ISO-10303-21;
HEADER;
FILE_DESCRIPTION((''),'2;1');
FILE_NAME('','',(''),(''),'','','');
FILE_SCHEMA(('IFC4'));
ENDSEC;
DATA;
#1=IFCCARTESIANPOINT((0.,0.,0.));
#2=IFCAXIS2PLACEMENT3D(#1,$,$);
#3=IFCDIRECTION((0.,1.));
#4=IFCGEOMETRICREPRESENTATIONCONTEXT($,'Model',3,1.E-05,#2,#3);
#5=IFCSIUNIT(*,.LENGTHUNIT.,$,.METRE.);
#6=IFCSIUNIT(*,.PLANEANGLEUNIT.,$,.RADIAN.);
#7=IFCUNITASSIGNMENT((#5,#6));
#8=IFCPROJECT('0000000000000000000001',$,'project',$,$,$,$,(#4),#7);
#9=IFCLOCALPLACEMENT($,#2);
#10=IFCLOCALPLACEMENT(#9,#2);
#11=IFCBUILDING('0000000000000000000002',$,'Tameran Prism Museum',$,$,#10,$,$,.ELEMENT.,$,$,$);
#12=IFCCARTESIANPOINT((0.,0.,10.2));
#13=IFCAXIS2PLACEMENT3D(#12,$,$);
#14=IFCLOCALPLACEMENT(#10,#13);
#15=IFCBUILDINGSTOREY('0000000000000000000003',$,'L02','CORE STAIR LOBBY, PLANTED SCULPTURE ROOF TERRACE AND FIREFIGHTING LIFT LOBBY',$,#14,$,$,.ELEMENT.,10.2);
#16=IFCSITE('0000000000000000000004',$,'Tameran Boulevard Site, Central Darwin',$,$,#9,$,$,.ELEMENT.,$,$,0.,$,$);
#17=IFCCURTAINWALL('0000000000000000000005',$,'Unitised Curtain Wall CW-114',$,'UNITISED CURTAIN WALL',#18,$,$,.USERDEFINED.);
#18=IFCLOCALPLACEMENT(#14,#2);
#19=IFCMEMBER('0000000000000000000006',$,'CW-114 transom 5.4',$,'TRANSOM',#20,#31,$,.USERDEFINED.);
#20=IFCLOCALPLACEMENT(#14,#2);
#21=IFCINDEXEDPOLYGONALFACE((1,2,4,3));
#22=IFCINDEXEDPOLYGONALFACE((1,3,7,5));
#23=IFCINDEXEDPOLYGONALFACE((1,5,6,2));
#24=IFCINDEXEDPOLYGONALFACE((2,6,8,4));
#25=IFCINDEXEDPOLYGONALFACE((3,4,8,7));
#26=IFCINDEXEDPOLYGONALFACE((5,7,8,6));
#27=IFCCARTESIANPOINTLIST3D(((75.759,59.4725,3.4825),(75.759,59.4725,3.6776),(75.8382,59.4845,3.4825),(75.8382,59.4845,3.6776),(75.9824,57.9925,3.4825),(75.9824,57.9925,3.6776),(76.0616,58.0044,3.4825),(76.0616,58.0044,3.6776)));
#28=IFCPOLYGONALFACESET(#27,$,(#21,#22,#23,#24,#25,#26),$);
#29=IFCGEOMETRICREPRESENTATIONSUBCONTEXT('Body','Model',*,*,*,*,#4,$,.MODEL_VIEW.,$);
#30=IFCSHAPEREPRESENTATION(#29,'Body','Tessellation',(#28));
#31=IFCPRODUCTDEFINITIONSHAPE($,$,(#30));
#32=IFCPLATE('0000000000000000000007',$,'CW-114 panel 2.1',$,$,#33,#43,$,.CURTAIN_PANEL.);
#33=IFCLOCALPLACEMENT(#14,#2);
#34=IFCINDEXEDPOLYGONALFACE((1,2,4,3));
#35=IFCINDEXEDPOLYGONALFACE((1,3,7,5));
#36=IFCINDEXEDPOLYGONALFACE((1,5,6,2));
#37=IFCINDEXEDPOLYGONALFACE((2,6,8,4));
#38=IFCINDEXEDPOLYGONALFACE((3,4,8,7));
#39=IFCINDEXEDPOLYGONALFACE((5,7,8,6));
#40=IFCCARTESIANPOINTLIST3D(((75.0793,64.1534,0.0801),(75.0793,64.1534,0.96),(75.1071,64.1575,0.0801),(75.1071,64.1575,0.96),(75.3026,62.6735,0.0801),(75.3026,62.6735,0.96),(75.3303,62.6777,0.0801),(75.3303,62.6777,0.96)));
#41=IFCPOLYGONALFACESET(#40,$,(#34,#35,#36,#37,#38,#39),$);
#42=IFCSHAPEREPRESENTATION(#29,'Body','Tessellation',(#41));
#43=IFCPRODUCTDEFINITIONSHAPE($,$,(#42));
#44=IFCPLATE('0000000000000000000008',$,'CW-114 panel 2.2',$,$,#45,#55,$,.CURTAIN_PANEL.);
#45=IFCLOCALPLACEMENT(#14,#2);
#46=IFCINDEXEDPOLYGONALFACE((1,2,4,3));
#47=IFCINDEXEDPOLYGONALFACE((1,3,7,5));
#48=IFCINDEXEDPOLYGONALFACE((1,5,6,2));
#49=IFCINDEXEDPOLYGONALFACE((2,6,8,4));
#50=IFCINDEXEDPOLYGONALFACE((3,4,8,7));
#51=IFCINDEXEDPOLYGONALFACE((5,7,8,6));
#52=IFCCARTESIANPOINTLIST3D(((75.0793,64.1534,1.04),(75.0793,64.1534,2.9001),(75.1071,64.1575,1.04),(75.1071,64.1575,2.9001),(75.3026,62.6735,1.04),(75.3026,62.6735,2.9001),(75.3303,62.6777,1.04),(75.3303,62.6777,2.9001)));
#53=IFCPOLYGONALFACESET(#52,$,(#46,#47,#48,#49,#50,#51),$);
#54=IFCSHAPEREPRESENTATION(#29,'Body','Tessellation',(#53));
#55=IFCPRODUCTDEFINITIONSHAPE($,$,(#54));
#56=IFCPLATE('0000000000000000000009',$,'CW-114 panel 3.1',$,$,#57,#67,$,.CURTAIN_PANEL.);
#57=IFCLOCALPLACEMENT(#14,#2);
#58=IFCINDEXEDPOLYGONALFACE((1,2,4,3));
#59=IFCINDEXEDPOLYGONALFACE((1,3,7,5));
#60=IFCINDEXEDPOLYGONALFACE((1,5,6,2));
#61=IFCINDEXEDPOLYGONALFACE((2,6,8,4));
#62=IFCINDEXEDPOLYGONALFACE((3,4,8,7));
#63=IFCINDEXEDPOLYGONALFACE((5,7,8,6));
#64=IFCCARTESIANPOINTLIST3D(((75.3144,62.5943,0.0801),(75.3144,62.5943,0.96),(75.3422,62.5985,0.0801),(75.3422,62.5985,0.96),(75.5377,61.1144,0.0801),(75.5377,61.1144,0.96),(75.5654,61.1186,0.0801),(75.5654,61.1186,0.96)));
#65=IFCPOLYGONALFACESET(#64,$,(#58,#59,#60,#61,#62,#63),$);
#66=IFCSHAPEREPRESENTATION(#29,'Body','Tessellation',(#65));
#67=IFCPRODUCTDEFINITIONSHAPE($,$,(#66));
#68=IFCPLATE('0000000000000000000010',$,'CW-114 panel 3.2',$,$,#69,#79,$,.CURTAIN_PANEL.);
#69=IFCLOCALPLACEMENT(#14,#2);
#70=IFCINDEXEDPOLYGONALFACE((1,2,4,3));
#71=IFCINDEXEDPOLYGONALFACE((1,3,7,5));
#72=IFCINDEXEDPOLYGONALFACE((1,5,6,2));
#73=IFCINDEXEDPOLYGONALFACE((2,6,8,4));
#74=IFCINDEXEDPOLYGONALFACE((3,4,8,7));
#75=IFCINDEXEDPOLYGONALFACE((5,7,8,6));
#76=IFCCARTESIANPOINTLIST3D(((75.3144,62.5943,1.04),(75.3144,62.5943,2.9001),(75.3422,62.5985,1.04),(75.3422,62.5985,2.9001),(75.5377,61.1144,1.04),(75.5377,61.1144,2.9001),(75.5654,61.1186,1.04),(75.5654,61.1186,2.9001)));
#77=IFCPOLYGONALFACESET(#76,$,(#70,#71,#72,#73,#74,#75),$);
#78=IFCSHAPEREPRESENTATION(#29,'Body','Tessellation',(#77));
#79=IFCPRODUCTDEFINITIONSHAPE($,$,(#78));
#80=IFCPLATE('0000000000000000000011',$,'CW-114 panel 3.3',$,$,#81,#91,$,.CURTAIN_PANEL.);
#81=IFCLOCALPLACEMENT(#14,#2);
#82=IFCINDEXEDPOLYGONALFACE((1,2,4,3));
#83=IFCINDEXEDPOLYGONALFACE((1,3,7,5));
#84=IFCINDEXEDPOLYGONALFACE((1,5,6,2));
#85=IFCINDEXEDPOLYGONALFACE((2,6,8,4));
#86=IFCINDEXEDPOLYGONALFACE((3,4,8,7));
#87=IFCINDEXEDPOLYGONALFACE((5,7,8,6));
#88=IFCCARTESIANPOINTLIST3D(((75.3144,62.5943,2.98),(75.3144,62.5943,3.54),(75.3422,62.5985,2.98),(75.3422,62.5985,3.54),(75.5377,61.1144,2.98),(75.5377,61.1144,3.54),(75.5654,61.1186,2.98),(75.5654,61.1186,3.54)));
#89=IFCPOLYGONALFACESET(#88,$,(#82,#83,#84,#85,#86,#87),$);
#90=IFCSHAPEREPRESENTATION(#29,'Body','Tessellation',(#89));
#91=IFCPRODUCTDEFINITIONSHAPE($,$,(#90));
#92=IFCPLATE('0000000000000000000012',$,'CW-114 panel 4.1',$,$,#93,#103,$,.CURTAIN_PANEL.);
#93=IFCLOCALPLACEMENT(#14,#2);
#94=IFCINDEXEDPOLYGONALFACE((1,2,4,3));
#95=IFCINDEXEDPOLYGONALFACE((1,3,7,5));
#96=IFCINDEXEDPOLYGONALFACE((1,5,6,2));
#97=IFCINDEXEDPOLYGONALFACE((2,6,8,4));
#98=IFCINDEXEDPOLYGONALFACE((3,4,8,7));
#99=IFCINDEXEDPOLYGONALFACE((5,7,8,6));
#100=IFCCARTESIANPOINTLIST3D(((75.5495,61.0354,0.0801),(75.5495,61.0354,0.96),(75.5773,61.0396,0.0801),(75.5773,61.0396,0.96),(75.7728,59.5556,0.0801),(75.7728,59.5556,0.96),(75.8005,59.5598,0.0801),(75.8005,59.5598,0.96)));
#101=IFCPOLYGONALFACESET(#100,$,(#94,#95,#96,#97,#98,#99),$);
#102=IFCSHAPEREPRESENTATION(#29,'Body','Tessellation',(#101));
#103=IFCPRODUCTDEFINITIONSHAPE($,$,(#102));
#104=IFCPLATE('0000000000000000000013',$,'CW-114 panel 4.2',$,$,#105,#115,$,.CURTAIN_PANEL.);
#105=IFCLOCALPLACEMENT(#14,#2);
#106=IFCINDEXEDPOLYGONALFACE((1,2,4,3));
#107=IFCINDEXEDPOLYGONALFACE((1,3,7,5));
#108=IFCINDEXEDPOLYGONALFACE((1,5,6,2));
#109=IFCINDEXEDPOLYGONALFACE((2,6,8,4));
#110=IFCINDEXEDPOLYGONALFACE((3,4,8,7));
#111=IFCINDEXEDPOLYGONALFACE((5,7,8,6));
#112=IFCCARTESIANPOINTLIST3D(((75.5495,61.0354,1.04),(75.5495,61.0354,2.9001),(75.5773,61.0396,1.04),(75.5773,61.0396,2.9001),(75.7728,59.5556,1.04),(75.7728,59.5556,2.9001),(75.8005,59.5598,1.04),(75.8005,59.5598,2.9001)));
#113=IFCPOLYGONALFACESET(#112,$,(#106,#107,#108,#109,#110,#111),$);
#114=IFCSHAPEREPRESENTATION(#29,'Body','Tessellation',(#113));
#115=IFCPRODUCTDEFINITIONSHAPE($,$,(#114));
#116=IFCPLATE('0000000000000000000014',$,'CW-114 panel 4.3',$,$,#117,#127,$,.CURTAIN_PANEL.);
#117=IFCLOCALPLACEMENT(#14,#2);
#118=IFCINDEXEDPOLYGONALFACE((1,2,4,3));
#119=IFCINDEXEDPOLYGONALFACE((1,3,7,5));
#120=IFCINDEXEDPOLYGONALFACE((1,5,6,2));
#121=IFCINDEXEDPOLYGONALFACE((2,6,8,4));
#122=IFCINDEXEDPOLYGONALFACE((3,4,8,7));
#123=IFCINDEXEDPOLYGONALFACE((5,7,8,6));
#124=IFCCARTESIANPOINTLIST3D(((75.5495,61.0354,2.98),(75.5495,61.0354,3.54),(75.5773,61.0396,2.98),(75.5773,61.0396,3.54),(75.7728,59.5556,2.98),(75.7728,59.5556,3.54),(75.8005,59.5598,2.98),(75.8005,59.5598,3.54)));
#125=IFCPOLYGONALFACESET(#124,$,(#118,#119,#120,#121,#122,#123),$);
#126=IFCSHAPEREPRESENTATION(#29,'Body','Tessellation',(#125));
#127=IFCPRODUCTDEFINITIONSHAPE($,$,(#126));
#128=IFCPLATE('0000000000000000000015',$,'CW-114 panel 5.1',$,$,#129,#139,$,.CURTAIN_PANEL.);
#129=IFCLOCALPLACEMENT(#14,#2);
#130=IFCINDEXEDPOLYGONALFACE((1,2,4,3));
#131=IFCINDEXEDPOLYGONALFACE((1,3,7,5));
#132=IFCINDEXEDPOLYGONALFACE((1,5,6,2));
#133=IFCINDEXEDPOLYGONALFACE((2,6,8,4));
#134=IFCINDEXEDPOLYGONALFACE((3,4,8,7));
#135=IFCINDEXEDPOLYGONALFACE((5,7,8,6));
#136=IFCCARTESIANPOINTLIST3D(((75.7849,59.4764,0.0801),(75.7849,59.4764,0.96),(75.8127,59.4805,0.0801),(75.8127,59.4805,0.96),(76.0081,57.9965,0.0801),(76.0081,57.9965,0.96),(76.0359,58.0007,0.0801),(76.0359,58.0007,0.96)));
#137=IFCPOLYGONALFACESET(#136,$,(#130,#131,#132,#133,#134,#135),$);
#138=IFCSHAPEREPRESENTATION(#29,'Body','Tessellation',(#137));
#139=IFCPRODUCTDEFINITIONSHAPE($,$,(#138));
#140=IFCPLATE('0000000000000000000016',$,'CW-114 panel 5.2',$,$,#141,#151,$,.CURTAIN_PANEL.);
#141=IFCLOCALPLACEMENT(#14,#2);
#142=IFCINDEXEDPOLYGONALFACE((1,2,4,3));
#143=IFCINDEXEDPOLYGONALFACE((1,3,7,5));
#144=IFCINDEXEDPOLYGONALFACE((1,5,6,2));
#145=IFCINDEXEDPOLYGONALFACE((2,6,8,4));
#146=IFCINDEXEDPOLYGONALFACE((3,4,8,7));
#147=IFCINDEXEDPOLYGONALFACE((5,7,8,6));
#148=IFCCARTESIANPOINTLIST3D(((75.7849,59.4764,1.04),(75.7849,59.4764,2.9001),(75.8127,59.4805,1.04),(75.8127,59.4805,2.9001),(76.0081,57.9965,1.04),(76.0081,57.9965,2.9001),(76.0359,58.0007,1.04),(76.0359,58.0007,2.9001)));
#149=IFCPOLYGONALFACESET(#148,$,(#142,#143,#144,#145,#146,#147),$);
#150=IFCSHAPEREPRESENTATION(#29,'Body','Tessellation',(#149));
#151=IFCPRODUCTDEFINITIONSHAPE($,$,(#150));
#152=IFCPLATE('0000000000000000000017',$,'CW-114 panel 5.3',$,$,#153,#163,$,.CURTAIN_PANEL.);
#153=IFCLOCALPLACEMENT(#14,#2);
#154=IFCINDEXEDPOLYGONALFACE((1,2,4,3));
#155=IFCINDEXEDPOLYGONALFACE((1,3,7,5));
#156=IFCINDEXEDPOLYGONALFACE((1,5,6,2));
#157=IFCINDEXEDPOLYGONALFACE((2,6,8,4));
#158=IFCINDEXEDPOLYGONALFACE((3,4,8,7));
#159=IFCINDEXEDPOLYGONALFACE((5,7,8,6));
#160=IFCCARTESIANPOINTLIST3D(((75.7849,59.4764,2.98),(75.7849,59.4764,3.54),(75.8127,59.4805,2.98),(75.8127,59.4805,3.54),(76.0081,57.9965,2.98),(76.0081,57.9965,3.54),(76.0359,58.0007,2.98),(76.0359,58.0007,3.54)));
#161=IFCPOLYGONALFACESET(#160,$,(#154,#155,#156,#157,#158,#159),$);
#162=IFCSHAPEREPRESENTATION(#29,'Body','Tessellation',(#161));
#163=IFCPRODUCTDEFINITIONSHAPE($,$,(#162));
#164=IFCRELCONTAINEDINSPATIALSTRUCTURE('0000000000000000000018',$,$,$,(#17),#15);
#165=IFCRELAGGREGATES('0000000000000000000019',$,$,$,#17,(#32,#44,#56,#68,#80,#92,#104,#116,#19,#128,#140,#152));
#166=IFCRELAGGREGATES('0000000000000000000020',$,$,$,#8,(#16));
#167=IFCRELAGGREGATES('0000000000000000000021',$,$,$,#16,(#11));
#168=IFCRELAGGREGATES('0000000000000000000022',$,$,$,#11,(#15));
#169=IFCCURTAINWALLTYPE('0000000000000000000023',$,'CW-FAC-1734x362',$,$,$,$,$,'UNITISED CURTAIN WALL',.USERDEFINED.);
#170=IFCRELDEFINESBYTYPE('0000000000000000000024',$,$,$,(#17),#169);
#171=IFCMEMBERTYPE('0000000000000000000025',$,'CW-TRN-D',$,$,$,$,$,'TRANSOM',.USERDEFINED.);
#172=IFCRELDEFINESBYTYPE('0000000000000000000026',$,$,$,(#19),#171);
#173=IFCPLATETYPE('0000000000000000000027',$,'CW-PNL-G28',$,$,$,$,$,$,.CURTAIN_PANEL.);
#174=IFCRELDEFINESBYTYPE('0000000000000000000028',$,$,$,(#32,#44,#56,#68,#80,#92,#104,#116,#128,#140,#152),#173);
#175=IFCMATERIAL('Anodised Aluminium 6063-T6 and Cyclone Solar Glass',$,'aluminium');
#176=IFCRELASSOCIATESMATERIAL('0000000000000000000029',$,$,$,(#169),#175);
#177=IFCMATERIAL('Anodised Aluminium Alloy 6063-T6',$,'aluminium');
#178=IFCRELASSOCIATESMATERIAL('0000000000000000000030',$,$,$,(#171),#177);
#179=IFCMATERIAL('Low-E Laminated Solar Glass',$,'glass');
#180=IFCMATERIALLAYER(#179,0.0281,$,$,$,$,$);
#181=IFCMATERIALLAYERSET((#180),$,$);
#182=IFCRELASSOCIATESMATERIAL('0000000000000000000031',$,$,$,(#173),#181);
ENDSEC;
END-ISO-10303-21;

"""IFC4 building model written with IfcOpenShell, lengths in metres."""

from ifc_helpers import new_model, si_unit, direction, frame, origin, origin_2d, place, context, subcontext, project, spatial, rectangle, extrude, material, layer, layer_set, material_profile, profile_set, type_object, element, aggregate, save


model = new_model("IFC4")

# Units and contexts
model_context = context("Model", 3, precision=1e-05, world=origin(), true_north=direction((0.0, 1.0)))
body_context = subcontext(model_context, "Body", "Model", "MODEL_VIEW")
ifc_project = project(units=[si_unit("LENGTHUNIT", "METRE"), si_unit("PLANEANGLEUNIT", "RADIAN")], contexts=[model_context])

# Site, building, storey
site_placement = place(None, origin())
site = spatial("IfcSite", under=ifc_project, at=site_placement, Name="Tameran Boulevard Site, Central Darwin", CompositionType="ELEMENT", RefElevation=0.0)
building_placement = place(site_placement, origin())
building = spatial("IfcBuilding", under=site, at=building_placement, Name="Tameran Prism Museum", CompositionType="ELEMENT")
storey_placement = place(building_placement, frame((0.0, 0.0, 10.2)))
storey = spatial("IfcBuildingStorey", under=building, at=storey_placement, Name="L02", Description="CORE STAIR LOBBY, PLANTED SCULPTURE ROOF TERRACE AND FIREFIGHTING LIFT LOBBY", CompositionType="ELEMENT", Elevation=10.2)

# Curtain wall, member, plates
ifc_material_1 = material(Name="Anodised Aluminium 6063-T6 and Cyclone Solar Glass", Category="aluminium")
curtain_wall_type = type_object("IfcCurtainWallType", Name="CW-FAC-1734x362", ElementType="UNITISED CURTAIN WALL", PredefinedType="USERDEFINED", material=ifc_material_1)
curtain_wall_placement = place(storey_placement, origin())
curtain_wall = element("IfcCurtainWall", 1, at=curtain_wall_placement, inside=storey, type_object=curtain_wall_type, Name="Unitised Curtain Wall CW-114", ObjectType="UNITISED CURTAIN WALL", PredefinedType="USERDEFINED")
ifc_material_2 = material(Name="Anodised Aluminium Alloy 6063-T6", Category="aluminium")
ifc_material_profile_1 = material_profile(ifc_material_2, rectangle(XDim=0.0801, YDim=0.1951, at=origin_2d()))
ifc_profile_set_1 = profile_set([ifc_material_profile_1])
member_type_1 = type_object("IfcMemberType", Name="CW-TRN-D", ElementType="TRANSOM", PredefinedType="USERDEFINED", material=ifc_profile_set_1)
member_1_placement = place(storey_placement, frame((75.7986, 59.4785, 3.5801), z_axis=(0.14925, -0.9888, 0.0), x_axis=(0.9888, 0.14925, 0.0)))
member_1 = element("IfcMember", 2, at=member_1_placement, type_object=member_type_1, Name="CW-114 transom 5.4", ObjectType="TRANSOM", PredefinedType="USERDEFINED", context=body_context, shape_type="SweptSolid", body=[
    extrude(rectangle(XDim=0.0801, YDim=0.1951, at=origin_2d()), origin(), (0.0, 0.0, 1.0), 1.4968),
])
ifc_material_3 = material(Name="Low-E Laminated Solar Glass", Category="glass")
ifc_layer = layer(ifc_material_3, 0.0281)
ifc_layer_set = layer_set([ifc_layer])
plate_type = type_object("IfcPlateType", Name="CW-PNL-G28", PredefinedType="CURTAIN_PANEL", material=ifc_layer_set)
plate_1_placement = place(storey_placement, frame((75.2048, 63.4155, 0.0801), z_axis=(0.0, 0.0, 1.0), x_axis=(0.149167, -0.988812, 0.0)))
plate_1 = element("IfcPlate", 3, at=plate_1_placement, type_object=plate_type, Name="CW-114 panel 2.1", PredefinedType="CURTAIN_PANEL", context=body_context, shape_type="SweptSolid", body=[
    extrude(rectangle(XDim=1.4966, YDim=0.0281, at=origin_2d()), origin(), (0.0, 0.0, 1.0), 0.8799),
])
plate_2_placement = place(storey_placement, frame((75.2048, 63.4155, 1.04), z_axis=(0.0, 0.0, 1.0), x_axis=(0.149167, -0.988812, 0.0)))
plate_2 = element("IfcPlate", 4, at=plate_2_placement, type_object=plate_type, Name="CW-114 panel 2.2", PredefinedType="CURTAIN_PANEL", context=body_context, shape_type="SweptSolid", body=[
    extrude(rectangle(XDim=1.4966, YDim=0.0281, at=origin_2d()), origin(), (0.0, 0.0, 1.0), 1.8601),
])
plate_3_placement = place(storey_placement, frame((75.4399, 61.8564, 0.0801), z_axis=(0.0, 0.0, 1.0), x_axis=(0.149167, -0.988812, 0.0)))
plate_3 = element("IfcPlate", 5, at=plate_3_placement, type_object=plate_type, Name="CW-114 panel 3.1", PredefinedType="CURTAIN_PANEL", context=body_context, shape_type="SweptSolid", body=[
    extrude(rectangle(XDim=1.4966, YDim=0.0281, at=origin_2d()), origin(), (0.0, 0.0, 1.0), 0.8799),
])
plate_4_placement = place(storey_placement, frame((75.4399, 61.8564, 1.04), z_axis=(0.0, 0.0, 1.0), x_axis=(0.149167, -0.988812, 0.0)))
plate_4 = element("IfcPlate", 6, at=plate_4_placement, type_object=plate_type, Name="CW-114 panel 3.2", PredefinedType="CURTAIN_PANEL", context=body_context, shape_type="SweptSolid", body=[
    extrude(rectangle(XDim=1.4966, YDim=0.0281, at=origin_2d()), origin(), (0.0, 0.0, 1.0), 1.8601),
])
plate_5_placement = place(storey_placement, frame((75.4399, 61.8564, 2.98), z_axis=(0.0, 0.0, 1.0), x_axis=(0.149167, -0.988812, 0.0)))
plate_5 = element("IfcPlate", 7, at=plate_5_placement, type_object=plate_type, Name="CW-114 panel 3.3", PredefinedType="CURTAIN_PANEL", context=body_context, shape_type="SweptSolid", body=[
    extrude(rectangle(XDim=1.4966, YDim=0.0281, at=origin_2d()), origin(), (0.0, 0.0, 1.0), 0.5601),
])
plate_6_placement = place(storey_placement, frame((75.675, 60.2976, 0.0801), z_axis=(0.0, 0.0, 1.0), x_axis=(0.149167, -0.988812, 0.0)))
plate_6 = element("IfcPlate", 8, at=plate_6_placement, type_object=plate_type, Name="CW-114 panel 4.1", PredefinedType="CURTAIN_PANEL", context=body_context, shape_type="SweptSolid", body=[
    extrude(rectangle(XDim=1.4966, YDim=0.0281, at=origin_2d()), origin(), (0.0, 0.0, 1.0), 0.8799),
])
plate_7_placement = place(storey_placement, frame((75.675, 60.2976, 1.04), z_axis=(0.0, 0.0, 1.0), x_axis=(0.149167, -0.988812, 0.0)))
plate_7 = element("IfcPlate", 9, at=plate_7_placement, type_object=plate_type, Name="CW-114 panel 4.2", PredefinedType="CURTAIN_PANEL", context=body_context, shape_type="SweptSolid", body=[
    extrude(rectangle(XDim=1.4966, YDim=0.0281, at=origin_2d()), origin(), (0.0, 0.0, 1.0), 1.8601),
])
plate_8_placement = place(storey_placement, frame((75.675, 60.2976, 2.98), z_axis=(0.0, 0.0, 1.0), x_axis=(0.149167, -0.988812, 0.0)))
plate_8 = element("IfcPlate", 10, at=plate_8_placement, type_object=plate_type, Name="CW-114 panel 4.3", PredefinedType="CURTAIN_PANEL", context=body_context, shape_type="SweptSolid", body=[
    extrude(rectangle(XDim=1.4966, YDim=0.0281, at=origin_2d()), origin(), (0.0, 0.0, 1.0), 0.5601),
])
plate_9_placement = place(storey_placement, frame((75.9104, 58.7385, 0.0801), z_axis=(0.0, 0.0, 1.0), x_axis=(0.149167, -0.988812, 0.0)))
plate_9 = element("IfcPlate", 11, at=plate_9_placement, type_object=plate_type, Name="CW-114 panel 5.1", PredefinedType="CURTAIN_PANEL", context=body_context, shape_type="SweptSolid", body=[
    extrude(rectangle(XDim=1.4966, YDim=0.0281, at=origin_2d()), origin(), (0.0, 0.0, 1.0), 0.8799),
])
plate_10_placement = place(storey_placement, frame((75.9104, 58.7385, 1.04), z_axis=(0.0, 0.0, 1.0), x_axis=(0.149167, -0.988812, 0.0)))
plate_10 = element("IfcPlate", 12, at=plate_10_placement, type_object=plate_type, Name="CW-114 panel 5.2", PredefinedType="CURTAIN_PANEL", context=body_context, shape_type="SweptSolid", body=[
    extrude(rectangle(XDim=1.4966, YDim=0.0281, at=origin_2d()), origin(), (0.0, 0.0, 1.0), 1.8601),
])
plate_11_placement = place(storey_placement, frame((75.9104, 58.7385, 2.98), z_axis=(0.0, 0.0, 1.0), x_axis=(0.149167, -0.988812, 0.0)))
plate_11 = element("IfcPlate", 13, at=plate_11_placement, type_object=plate_type, Name="CW-114 panel 5.3", PredefinedType="CURTAIN_PANEL", context=body_context, shape_type="SweptSolid", body=[
    extrude(rectangle(XDim=1.4966, YDim=0.0281, at=origin_2d()), origin(), (0.0, 0.0, 1.0), 0.5601),
])
aggregate(curtain_wall, [plate_1, plate_2, plate_3, plate_4, plate_5, plate_6, plate_7, plate_8, member_1, plate_9, plate_10, plate_11])

save(model, "model.ifc")
